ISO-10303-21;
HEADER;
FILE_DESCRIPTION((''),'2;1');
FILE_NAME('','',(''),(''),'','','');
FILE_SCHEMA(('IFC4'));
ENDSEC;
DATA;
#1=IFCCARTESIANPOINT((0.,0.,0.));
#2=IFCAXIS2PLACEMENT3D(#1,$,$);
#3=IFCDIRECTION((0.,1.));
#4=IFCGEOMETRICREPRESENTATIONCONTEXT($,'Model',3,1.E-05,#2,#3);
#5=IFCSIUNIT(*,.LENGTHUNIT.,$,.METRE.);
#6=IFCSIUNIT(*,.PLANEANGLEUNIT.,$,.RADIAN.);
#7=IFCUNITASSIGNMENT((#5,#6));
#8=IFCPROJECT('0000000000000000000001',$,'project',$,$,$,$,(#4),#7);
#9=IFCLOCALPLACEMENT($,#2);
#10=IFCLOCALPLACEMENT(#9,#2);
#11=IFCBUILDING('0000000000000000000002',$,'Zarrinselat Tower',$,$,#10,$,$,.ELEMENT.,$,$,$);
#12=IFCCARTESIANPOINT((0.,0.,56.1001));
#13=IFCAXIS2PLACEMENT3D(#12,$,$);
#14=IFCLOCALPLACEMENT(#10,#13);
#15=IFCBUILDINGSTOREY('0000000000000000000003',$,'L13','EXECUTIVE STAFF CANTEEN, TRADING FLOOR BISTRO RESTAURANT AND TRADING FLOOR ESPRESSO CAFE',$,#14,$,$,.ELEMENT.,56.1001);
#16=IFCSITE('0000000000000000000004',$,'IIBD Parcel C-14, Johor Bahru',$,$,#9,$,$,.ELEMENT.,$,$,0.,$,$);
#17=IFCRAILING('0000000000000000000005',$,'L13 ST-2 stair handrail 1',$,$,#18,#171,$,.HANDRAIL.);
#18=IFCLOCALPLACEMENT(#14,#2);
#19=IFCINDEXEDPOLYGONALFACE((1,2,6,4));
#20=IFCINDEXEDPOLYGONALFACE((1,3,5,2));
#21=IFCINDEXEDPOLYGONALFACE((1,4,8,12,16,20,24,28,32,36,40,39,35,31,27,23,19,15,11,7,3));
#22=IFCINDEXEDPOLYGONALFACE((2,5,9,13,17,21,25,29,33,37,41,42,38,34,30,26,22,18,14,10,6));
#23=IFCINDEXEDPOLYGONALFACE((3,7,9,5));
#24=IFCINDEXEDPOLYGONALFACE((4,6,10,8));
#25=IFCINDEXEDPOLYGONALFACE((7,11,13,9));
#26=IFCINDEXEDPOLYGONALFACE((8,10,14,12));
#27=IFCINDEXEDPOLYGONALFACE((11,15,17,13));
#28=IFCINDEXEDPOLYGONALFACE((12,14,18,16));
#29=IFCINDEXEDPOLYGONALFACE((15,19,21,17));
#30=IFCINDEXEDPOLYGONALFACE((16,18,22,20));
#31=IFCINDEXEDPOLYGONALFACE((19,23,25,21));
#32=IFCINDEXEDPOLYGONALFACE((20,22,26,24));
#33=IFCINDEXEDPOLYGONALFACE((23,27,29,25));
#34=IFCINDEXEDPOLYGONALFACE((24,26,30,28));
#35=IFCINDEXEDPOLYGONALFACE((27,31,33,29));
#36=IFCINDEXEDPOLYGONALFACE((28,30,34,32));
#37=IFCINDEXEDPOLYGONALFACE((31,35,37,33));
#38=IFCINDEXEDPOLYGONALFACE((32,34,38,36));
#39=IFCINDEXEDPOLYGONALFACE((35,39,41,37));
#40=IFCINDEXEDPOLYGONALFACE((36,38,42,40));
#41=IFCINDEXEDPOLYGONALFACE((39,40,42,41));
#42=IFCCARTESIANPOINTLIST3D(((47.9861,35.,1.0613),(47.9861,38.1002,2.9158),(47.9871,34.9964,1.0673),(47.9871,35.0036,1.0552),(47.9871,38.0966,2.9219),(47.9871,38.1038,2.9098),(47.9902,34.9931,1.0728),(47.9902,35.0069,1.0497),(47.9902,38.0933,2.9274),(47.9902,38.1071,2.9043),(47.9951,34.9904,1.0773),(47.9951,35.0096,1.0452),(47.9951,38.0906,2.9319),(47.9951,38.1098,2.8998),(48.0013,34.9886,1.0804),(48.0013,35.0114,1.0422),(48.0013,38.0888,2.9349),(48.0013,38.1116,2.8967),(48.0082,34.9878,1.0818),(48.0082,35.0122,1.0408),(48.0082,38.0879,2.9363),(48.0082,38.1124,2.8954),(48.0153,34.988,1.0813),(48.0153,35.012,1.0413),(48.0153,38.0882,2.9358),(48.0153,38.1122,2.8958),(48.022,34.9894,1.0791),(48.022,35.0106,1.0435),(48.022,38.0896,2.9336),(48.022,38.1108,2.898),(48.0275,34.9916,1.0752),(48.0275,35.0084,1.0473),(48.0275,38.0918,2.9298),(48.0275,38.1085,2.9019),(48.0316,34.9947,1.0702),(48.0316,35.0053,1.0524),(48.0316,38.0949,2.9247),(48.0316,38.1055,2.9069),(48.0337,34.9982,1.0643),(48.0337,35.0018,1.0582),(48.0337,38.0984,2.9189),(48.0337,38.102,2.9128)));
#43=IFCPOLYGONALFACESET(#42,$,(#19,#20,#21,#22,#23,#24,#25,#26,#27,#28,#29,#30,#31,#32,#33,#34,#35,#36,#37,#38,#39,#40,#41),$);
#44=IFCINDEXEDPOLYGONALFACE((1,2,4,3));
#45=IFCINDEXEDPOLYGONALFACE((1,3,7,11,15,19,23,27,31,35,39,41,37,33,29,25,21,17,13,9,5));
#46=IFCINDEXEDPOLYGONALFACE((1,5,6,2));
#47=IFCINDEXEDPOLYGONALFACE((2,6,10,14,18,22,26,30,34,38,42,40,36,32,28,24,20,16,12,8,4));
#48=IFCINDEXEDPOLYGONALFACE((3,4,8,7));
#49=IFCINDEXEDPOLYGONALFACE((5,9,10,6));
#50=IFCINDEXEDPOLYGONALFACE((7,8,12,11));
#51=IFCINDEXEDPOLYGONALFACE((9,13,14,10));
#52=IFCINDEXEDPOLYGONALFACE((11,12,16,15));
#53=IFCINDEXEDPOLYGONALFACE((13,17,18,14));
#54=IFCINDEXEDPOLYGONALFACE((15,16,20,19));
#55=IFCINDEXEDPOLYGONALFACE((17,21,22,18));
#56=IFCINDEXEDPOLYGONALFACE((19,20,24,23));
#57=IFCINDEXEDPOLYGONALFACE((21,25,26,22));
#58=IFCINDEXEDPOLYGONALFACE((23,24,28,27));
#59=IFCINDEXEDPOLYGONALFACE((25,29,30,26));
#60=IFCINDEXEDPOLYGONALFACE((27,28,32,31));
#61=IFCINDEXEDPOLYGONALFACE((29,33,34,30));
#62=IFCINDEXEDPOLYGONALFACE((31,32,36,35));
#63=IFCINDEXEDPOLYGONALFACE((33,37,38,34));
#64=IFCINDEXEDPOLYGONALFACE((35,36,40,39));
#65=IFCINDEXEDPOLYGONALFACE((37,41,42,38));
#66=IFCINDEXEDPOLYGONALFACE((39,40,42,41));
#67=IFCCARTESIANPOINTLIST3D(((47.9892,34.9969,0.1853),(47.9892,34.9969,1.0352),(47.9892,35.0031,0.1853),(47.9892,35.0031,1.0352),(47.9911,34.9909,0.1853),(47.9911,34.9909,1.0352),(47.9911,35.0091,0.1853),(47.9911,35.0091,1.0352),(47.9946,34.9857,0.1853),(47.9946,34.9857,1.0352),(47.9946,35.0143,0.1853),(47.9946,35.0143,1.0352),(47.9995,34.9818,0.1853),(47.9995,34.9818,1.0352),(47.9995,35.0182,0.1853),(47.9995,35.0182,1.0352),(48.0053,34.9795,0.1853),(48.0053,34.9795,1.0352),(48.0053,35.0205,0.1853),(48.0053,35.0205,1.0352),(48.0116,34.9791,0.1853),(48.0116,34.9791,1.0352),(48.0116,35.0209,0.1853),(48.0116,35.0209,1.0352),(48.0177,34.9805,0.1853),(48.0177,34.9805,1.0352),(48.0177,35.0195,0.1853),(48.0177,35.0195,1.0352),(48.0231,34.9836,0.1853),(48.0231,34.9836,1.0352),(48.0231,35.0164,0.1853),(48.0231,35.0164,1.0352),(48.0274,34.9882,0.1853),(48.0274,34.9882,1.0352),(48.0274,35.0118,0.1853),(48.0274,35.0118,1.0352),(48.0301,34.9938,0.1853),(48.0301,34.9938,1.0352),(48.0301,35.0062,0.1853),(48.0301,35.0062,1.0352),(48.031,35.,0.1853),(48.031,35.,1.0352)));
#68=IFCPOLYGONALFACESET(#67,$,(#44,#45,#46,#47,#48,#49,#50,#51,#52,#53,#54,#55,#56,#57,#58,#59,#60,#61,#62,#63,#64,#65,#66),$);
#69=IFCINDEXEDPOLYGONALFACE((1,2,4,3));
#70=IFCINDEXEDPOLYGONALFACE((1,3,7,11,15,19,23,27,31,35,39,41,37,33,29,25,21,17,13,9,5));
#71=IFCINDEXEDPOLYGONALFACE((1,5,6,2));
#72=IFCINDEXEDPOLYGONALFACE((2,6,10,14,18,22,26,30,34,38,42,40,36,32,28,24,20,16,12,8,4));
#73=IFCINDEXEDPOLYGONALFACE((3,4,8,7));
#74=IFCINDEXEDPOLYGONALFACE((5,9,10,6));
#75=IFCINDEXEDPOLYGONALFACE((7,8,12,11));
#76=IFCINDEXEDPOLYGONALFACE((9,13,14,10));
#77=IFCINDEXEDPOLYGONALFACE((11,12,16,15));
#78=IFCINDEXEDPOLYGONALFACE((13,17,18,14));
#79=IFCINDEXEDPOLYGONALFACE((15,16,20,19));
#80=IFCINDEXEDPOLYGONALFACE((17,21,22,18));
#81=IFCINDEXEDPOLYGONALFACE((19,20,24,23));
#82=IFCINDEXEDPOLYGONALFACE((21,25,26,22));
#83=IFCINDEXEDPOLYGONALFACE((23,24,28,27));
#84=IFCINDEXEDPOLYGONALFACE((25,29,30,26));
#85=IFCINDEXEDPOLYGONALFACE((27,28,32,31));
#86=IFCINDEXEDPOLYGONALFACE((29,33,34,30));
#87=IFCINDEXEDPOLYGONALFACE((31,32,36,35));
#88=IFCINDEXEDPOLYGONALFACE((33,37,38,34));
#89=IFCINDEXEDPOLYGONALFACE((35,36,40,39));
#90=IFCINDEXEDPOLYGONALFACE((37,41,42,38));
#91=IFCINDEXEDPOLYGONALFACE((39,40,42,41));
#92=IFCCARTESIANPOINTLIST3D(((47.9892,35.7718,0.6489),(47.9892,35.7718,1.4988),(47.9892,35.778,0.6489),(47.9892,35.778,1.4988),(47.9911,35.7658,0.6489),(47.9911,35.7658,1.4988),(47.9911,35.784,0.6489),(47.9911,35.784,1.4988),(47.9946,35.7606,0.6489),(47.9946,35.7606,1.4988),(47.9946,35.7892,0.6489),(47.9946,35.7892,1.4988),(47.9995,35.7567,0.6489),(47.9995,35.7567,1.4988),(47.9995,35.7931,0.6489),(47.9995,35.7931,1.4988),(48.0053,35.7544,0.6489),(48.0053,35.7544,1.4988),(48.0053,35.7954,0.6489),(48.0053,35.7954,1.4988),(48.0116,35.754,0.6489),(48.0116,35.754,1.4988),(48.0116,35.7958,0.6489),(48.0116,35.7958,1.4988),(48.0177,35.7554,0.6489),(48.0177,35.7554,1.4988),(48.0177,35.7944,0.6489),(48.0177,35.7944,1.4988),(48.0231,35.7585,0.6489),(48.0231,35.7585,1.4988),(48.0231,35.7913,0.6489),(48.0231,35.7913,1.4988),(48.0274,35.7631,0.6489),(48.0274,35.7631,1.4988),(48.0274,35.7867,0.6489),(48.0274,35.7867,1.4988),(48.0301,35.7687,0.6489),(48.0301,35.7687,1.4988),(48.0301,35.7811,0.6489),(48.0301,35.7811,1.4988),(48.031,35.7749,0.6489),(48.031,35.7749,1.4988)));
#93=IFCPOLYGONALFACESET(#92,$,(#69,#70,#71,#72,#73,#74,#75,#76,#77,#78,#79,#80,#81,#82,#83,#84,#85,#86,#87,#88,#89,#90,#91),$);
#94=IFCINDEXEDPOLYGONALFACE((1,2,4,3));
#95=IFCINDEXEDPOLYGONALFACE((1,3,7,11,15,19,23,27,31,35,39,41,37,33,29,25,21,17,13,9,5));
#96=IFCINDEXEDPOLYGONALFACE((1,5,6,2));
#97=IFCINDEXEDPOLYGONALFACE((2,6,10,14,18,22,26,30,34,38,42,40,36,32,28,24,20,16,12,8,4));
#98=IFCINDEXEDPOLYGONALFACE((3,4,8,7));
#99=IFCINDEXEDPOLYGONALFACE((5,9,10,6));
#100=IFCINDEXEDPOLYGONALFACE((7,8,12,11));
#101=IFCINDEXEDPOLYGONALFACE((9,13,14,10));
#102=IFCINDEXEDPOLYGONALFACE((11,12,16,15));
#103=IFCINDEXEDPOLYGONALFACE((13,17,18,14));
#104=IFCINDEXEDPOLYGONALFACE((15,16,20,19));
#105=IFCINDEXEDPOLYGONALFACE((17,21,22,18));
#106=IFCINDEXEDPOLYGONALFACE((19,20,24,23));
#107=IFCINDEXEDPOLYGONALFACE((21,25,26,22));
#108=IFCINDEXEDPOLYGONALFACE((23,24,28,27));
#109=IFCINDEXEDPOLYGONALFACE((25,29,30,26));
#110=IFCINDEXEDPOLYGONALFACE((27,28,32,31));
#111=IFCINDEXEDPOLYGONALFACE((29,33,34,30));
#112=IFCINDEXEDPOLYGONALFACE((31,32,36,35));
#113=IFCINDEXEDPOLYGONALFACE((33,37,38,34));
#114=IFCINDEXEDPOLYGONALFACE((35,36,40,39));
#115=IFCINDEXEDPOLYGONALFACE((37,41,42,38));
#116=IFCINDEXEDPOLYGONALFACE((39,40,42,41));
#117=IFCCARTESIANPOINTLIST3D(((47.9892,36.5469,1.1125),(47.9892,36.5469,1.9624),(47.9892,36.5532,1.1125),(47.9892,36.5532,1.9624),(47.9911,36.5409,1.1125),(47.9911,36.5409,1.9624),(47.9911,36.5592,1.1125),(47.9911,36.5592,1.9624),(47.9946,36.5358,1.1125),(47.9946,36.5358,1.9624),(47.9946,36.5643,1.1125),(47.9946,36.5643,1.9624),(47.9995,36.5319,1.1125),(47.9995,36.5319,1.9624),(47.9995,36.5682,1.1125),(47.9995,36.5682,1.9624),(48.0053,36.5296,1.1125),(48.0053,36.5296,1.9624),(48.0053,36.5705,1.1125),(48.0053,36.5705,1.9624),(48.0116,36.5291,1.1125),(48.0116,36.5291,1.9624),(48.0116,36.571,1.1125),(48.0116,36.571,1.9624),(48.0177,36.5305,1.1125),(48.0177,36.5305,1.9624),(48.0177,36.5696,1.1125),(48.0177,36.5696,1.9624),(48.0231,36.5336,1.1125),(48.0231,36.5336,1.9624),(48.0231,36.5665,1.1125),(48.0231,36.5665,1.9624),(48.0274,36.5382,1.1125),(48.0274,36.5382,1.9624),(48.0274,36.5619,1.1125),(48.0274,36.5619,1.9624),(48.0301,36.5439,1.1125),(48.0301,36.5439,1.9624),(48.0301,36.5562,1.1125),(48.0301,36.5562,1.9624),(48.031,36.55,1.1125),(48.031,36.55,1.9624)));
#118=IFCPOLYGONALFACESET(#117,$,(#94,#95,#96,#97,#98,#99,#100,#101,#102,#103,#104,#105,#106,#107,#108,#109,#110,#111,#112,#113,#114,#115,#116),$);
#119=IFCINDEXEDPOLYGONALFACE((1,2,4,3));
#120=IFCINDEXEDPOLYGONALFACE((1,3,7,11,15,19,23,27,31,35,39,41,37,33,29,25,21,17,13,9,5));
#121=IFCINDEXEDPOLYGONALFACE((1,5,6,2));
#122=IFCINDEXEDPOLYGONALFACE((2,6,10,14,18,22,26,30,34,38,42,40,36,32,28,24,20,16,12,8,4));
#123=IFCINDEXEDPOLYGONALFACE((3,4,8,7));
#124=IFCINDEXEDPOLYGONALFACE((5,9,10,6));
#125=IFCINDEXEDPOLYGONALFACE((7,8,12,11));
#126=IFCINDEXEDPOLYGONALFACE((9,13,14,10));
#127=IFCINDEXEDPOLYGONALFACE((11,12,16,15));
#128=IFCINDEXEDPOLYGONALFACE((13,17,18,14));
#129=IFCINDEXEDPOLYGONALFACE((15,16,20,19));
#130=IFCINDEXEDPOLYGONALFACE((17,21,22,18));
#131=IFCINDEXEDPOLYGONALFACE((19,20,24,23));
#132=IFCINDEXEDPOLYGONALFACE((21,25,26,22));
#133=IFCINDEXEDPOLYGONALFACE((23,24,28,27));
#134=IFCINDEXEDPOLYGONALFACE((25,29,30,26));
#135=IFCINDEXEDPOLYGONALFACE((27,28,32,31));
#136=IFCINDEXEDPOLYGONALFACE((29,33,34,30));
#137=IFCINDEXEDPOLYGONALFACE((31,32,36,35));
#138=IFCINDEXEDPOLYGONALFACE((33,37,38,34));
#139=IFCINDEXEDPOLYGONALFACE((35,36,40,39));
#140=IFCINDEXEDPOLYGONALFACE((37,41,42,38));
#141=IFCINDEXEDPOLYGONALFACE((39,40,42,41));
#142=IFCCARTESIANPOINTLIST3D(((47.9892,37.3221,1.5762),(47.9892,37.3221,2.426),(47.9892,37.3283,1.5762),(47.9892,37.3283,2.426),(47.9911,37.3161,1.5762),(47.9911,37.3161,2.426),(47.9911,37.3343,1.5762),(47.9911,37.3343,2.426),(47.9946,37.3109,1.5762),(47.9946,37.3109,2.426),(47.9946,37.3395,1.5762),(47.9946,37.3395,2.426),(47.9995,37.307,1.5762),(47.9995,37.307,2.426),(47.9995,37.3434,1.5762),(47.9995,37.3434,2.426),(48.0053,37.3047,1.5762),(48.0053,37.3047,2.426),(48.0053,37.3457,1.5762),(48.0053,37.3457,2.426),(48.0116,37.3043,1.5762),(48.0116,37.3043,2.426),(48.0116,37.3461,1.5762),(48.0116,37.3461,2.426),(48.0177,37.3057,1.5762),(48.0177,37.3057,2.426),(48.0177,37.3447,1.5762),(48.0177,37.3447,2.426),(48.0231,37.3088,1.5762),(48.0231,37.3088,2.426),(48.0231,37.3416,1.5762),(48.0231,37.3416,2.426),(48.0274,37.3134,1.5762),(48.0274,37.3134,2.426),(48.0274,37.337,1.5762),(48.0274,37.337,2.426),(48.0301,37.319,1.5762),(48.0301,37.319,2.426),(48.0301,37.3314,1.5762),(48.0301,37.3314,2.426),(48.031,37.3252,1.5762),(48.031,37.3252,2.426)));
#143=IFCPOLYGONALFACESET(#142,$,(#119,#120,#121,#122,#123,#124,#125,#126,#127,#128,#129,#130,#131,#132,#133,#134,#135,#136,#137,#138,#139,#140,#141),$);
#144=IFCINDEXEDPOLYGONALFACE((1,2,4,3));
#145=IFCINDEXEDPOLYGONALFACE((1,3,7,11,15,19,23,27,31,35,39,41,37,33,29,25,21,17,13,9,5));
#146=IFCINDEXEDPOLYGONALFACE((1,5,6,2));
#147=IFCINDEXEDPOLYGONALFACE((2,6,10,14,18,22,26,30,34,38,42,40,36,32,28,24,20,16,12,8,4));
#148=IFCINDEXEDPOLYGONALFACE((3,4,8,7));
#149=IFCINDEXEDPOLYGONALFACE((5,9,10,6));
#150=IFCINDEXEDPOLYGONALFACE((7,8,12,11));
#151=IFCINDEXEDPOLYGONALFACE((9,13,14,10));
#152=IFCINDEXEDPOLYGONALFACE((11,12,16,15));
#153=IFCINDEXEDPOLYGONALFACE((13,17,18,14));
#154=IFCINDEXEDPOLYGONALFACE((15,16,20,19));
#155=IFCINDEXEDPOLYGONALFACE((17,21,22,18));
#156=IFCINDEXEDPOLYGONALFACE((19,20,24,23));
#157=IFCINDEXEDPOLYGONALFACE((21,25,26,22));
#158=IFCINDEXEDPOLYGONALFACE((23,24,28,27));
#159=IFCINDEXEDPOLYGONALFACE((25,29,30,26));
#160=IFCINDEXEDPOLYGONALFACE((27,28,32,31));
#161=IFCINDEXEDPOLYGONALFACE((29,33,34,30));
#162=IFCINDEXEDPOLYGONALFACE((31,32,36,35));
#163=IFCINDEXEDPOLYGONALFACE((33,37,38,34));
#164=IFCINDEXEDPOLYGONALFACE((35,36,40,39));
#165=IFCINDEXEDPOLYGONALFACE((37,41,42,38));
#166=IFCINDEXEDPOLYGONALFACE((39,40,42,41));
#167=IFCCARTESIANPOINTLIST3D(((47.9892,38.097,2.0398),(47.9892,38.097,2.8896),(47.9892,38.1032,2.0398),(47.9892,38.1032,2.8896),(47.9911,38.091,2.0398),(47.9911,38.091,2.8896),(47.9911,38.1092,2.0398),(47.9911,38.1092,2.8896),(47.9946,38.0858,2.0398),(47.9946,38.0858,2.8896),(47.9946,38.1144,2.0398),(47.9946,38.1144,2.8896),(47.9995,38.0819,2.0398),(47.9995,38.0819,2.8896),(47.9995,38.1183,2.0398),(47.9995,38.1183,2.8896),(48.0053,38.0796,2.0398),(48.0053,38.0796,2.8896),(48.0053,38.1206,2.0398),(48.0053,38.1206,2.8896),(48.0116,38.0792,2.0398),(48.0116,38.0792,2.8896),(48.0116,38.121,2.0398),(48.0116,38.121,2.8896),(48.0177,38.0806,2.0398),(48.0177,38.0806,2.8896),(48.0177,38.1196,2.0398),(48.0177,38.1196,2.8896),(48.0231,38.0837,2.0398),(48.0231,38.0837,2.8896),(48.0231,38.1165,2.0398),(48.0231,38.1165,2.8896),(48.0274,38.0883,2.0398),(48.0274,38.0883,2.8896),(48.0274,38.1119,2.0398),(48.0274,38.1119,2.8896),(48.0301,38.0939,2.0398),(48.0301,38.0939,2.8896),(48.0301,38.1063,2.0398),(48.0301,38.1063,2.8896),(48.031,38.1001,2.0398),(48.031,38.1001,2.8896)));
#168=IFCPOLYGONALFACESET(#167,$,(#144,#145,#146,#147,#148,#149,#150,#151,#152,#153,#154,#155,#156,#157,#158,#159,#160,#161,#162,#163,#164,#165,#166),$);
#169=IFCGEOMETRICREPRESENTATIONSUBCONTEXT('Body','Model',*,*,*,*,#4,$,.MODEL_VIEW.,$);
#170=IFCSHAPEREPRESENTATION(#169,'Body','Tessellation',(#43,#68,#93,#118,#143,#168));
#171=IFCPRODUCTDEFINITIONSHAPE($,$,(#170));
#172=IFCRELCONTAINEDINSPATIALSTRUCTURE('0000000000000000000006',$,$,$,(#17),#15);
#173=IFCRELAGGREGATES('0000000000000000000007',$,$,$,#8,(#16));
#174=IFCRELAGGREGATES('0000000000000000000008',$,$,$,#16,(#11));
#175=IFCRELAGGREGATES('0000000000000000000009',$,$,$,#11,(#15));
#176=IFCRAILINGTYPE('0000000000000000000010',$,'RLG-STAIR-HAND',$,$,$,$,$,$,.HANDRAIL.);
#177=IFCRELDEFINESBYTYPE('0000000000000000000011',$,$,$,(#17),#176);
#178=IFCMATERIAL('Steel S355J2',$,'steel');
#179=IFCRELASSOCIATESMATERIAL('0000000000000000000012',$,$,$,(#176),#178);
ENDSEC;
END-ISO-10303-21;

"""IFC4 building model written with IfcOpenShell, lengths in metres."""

from ifc_helpers import new_model, si_unit, direction, frame, origin, origin_2d, place, context, subcontext, project, spatial, circle, extrude, material, type_object, element, save


model = new_model("IFC4")

# Units and contexts
model_context = context("Model", 3, precision=1e-05, world=origin(), true_north=direction((0.0, 1.0)))
body_context = subcontext(model_context, "Body", "Model", "MODEL_VIEW")
ifc_project = project(units=[si_unit("LENGTHUNIT", "METRE"), si_unit("PLANEANGLEUNIT", "RADIAN")], contexts=[model_context])

# Site, building, storey
site_placement = place(None, origin())
site = spatial("IfcSite", under=ifc_project, at=site_placement, Name="IIBD Parcel C-14, Johor Bahru", CompositionType="ELEMENT", RefElevation=0.0)
building_placement = place(site_placement, origin())
building = spatial("IfcBuilding", under=site, at=building_placement, Name="Zarrinselat Tower", CompositionType="ELEMENT")
storey_placement = place(building_placement, frame((0.0, 0.0, 56.1001)))
storey = spatial("IfcBuildingStorey", under=building, at=storey_placement, Name="L13", Description="EXECUTIVE STAFF CANTEEN, TRADING FLOOR BISTRO RESTAURANT AND TRADING FLOOR ESPRESSO CAFE", CompositionType="ELEMENT", Elevation=56.1001)

# Railing
ifc_material_1 = material(Name="Steel S355J2", Category="steel")
railing_type_1 = type_object("IfcRailingType", Name="RLG-STAIR-HAND", PredefinedType="HANDRAIL", material=ifc_material_1)
railing_1_placement = place(storey_placement, frame((48.01, 35.0, 0.1853)))
element("IfcRailing", 1, at=railing_1_placement, inside=storey, type_object=railing_type_1, Name="L13 ST-2 stair handrail 1", PredefinedType="HANDRAIL", context=body_context, shape_type="SweptSolid", body=[
    extrude(circle(Radius=0.0239, at=origin_2d()), frame((0.0, 0.0, 0.876), z_axis=(0.0, 0.858172, 0.513362), x_axis=(-1.0, 0.0, 0.0)), (0.0, 0.0, 1.0), 3.6125),
    extrude(circle(Radius=0.021, at=origin_2d()), origin(), (0.0, 0.0, 1.0), 0.8499),
    extrude(circle(Radius=0.021, at=origin_2d()), frame((0.0, 0.7749, 0.4636)), (0.0, 0.0, 1.0), 0.8499),
    extrude(circle(Radius=0.021, at=origin_2d()), frame((0.0, 1.55, 0.9272)), (0.0, 0.0, 1.0), 0.8499),
    extrude(circle(Radius=0.021, at=origin_2d()), frame((0.0, 2.3252, 1.3909)), (0.0, 0.0, 1.0), 0.8499),
    extrude(circle(Radius=0.021, at=origin_2d()), frame((0.0, 3.1001, 1.8545)), (0.0, 0.0, 1.0), 0.8499),
])

save(model, "model.ifc")
